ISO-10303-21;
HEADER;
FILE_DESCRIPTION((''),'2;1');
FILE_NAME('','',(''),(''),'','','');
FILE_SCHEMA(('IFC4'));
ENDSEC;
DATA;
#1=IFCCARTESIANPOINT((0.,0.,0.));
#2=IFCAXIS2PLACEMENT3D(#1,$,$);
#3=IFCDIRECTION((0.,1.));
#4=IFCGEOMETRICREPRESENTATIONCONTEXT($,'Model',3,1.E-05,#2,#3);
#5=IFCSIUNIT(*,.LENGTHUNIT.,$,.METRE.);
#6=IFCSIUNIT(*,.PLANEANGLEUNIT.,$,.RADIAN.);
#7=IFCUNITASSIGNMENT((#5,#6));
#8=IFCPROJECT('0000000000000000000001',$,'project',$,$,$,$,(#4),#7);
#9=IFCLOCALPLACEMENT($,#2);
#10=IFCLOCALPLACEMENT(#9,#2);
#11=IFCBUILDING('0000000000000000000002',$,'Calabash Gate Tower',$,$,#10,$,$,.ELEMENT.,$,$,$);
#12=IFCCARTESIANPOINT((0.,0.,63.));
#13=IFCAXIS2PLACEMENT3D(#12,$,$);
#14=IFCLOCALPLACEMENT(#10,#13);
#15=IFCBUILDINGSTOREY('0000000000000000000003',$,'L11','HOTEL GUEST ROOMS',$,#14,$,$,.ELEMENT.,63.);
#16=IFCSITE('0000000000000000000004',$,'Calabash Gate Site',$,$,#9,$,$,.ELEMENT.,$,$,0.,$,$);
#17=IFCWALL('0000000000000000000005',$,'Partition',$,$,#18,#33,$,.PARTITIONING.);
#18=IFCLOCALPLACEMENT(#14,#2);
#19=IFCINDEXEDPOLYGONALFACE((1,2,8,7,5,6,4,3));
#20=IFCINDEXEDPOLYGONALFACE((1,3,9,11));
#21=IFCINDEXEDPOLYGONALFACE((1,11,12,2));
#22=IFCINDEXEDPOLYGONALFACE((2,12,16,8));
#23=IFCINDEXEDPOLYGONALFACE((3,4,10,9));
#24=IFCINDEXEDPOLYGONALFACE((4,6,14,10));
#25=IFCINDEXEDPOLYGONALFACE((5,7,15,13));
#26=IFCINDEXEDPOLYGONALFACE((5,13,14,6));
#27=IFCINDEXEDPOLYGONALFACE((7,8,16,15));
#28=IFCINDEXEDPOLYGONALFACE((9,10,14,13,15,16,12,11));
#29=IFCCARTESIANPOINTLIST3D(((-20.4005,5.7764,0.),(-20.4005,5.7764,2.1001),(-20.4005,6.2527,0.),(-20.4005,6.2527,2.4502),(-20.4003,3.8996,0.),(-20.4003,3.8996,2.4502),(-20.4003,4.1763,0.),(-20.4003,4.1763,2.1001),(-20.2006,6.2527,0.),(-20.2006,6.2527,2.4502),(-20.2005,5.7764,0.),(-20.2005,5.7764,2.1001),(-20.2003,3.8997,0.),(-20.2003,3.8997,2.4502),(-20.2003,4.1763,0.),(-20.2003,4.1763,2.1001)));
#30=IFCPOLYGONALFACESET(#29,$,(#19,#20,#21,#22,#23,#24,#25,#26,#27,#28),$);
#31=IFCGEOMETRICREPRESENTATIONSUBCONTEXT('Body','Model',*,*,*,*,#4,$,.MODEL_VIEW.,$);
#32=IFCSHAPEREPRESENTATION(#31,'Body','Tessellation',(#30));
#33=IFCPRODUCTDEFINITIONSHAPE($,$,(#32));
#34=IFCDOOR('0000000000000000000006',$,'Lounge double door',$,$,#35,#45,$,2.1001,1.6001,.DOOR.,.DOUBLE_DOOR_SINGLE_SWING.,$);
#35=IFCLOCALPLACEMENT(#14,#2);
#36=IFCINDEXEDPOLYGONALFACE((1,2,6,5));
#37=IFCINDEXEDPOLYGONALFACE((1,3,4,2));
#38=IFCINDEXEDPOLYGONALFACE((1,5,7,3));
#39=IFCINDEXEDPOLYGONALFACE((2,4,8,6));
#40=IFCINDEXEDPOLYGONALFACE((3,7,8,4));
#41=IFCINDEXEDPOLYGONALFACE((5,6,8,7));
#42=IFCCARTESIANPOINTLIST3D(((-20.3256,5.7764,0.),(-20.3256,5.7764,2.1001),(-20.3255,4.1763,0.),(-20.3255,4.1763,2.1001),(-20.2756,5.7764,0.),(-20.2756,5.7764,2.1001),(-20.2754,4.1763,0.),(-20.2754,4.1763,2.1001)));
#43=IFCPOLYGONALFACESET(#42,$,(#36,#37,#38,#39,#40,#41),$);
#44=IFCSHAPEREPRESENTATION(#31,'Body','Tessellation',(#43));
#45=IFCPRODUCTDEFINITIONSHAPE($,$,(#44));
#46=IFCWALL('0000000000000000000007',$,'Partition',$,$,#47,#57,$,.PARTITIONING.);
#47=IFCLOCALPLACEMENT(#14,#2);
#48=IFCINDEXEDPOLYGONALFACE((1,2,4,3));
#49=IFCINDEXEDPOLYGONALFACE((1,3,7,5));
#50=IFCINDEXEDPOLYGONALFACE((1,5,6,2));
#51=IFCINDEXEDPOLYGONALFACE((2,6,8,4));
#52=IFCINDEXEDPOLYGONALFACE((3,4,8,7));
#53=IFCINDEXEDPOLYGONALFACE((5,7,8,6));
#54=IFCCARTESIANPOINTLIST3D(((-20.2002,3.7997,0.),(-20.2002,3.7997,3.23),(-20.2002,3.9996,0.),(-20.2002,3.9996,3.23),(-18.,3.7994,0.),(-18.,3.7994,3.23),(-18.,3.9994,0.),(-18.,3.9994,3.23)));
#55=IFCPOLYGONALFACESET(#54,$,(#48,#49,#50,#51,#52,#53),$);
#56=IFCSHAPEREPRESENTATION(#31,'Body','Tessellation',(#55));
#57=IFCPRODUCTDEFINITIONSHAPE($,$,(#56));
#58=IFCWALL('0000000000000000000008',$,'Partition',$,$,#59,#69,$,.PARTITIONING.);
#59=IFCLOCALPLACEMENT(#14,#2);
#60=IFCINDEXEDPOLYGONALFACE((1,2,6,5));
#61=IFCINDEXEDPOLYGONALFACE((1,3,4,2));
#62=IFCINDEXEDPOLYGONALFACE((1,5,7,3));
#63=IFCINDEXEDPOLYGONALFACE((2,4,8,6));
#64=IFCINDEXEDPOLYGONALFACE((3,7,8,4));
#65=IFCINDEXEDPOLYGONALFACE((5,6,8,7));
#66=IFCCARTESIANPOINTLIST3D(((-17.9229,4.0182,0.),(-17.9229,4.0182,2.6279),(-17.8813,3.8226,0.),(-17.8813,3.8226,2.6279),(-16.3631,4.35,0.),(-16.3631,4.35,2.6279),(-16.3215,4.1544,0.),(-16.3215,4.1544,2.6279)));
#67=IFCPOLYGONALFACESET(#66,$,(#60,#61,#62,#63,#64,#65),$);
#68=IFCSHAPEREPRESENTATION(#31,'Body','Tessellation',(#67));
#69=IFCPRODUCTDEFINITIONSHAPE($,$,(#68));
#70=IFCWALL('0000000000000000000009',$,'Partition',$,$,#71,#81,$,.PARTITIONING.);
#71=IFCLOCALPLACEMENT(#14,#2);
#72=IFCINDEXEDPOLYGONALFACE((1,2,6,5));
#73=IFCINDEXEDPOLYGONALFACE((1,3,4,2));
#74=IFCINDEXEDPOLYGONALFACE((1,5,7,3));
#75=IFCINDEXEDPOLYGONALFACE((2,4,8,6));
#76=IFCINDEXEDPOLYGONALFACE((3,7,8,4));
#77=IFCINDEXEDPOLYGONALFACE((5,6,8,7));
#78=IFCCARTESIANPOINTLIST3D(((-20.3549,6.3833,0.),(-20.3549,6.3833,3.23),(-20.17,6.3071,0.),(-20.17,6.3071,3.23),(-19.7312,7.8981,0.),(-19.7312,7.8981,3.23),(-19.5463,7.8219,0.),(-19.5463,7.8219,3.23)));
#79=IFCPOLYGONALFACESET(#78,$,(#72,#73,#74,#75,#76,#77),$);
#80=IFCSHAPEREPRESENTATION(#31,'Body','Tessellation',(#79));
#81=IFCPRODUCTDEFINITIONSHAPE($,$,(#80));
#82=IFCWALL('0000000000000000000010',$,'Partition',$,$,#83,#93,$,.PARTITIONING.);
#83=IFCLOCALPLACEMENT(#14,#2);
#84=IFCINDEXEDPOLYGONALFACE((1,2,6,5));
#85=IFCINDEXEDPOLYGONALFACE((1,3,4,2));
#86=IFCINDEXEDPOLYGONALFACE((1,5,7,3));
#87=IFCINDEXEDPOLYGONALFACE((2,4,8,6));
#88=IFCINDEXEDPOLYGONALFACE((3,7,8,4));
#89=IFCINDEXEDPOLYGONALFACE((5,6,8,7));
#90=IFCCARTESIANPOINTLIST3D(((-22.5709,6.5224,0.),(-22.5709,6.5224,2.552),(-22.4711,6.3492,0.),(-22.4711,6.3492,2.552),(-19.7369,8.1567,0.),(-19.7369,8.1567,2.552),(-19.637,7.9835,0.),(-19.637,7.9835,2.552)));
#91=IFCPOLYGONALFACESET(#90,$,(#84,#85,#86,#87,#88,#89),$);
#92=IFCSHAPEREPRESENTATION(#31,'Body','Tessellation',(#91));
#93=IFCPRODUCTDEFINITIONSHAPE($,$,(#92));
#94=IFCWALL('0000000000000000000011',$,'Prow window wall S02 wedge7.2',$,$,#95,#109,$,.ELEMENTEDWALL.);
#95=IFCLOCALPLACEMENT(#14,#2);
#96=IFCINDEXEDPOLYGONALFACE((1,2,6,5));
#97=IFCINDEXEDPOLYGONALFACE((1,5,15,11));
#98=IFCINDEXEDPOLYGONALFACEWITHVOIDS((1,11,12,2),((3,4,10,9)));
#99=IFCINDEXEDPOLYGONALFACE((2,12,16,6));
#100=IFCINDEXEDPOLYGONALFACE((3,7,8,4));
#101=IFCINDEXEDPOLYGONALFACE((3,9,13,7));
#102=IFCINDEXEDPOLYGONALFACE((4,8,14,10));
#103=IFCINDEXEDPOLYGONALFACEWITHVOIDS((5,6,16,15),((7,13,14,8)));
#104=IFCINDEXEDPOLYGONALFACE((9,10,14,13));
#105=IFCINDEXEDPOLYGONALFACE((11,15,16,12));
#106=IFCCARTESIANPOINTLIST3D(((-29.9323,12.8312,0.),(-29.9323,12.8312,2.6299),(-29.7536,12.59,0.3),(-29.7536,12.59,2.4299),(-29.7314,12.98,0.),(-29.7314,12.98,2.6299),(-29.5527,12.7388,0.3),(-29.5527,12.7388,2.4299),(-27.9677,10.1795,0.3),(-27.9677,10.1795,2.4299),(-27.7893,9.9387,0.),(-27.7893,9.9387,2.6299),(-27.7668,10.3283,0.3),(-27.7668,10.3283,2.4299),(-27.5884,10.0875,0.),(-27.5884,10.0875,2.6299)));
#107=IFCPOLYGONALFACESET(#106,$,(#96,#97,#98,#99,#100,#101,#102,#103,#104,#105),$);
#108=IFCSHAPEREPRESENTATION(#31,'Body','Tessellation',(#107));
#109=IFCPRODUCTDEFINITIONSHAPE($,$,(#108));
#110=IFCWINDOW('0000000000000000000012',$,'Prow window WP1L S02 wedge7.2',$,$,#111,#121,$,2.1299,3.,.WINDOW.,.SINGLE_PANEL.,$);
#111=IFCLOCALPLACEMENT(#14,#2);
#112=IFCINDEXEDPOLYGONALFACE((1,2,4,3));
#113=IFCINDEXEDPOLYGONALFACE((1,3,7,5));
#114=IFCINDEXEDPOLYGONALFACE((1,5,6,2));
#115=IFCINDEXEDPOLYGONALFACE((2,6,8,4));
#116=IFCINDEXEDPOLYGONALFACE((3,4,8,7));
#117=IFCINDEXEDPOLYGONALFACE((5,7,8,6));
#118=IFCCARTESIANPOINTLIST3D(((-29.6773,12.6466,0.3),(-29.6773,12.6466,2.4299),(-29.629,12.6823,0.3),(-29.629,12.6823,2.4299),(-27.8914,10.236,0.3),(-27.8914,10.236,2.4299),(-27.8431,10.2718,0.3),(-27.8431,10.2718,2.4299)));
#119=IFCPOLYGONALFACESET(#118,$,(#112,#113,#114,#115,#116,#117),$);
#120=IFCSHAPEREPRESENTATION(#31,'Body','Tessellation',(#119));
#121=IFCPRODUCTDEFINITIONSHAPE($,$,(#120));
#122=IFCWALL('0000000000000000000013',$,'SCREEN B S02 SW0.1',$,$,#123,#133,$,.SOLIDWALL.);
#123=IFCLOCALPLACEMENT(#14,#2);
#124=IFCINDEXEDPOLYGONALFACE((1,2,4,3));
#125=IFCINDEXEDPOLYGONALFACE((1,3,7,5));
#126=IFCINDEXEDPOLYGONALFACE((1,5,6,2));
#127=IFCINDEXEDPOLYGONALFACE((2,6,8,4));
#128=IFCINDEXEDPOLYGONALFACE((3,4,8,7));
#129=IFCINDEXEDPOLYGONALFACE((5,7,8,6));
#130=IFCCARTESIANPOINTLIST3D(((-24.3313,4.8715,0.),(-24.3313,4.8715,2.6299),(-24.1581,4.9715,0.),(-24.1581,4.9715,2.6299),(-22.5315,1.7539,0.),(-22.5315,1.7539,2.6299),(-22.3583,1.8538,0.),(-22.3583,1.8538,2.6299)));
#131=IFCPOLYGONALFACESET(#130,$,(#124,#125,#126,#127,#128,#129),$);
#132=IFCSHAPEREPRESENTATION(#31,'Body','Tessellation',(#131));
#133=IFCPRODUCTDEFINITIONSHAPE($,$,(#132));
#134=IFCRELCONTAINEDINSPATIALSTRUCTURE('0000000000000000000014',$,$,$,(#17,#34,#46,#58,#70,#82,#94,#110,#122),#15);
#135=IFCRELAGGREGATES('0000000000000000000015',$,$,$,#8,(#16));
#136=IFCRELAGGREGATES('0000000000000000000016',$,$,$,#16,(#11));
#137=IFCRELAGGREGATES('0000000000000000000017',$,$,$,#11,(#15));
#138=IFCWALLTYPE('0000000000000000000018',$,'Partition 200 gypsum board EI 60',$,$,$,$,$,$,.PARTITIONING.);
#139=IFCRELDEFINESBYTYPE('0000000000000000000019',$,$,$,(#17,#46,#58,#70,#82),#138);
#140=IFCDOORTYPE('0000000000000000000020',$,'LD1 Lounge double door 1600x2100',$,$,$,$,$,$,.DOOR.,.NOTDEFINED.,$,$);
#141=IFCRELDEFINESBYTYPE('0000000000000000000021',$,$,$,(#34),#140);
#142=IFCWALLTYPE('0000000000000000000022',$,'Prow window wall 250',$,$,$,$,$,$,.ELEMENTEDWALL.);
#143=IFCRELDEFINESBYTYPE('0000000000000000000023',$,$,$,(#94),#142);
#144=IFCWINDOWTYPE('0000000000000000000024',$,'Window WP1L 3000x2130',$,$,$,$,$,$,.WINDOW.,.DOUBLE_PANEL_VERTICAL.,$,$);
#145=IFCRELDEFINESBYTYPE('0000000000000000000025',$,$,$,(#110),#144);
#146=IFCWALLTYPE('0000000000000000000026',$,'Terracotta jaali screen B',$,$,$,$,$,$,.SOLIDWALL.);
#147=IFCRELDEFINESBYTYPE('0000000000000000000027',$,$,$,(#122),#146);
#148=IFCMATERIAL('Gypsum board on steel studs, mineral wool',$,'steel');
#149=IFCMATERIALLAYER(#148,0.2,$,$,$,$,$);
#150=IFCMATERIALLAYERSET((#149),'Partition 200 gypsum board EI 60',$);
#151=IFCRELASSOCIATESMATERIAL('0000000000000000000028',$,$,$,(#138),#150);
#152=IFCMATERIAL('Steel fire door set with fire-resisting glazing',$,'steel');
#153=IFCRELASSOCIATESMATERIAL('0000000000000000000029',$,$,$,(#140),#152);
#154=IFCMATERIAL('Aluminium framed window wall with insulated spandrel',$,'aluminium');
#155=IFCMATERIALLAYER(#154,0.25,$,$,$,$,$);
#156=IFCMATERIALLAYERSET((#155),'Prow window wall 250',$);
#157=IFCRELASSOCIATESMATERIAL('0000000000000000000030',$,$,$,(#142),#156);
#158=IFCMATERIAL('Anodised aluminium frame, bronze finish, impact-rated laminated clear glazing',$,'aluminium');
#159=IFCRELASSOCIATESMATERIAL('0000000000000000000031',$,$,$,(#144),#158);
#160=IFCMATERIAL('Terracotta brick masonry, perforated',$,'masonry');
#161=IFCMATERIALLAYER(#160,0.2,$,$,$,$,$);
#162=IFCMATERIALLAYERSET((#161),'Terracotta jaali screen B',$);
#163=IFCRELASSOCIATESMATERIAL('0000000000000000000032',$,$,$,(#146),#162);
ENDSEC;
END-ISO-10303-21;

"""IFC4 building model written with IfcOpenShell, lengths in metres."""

from ifc_helpers import new_model, si_unit, direction, frame, frame_2d, origin, place, context, subcontext, project, spatial, rectangle, extrude, material, layer, layer_set, type_object, element, fill, save


model = new_model("IFC4")

# Units and contexts
model_context = context("Model", 3, precision=1e-05, world=origin(), true_north=direction((0.0, 1.0)))
body_context = subcontext(model_context, "Body", "Model", "MODEL_VIEW")
ifc_project = project(units=[si_unit("LENGTHUNIT", "METRE"), si_unit("PLANEANGLEUNIT", "RADIAN")], contexts=[model_context])

# Site, building, storey
site_placement = place(None, origin())
site = spatial("IfcSite", under=ifc_project, at=site_placement, Name="Calabash Gate Site", CompositionType="ELEMENT", RefElevation=0.0)
building_placement = place(site_placement, origin())
building = spatial("IfcBuilding", under=site, at=building_placement, Name="Calabash Gate Tower", CompositionType="ELEMENT")
storey_placement = place(building_placement, frame((0.0, 0.0, 63.0)))
storey = spatial("IfcBuildingStorey", under=building, at=storey_placement, Name="L11", Description="HOTEL GUEST ROOMS", CompositionType="ELEMENT", Elevation=63.0)

# Wall, opening, door
ifc_material_1 = material(Name="Gypsum board on steel studs, mineral wool", Category="steel")
ifc_layer_1 = layer(ifc_material_1, 0.2)
ifc_layer_set_1 = layer_set([ifc_layer_1], Name="Partition 200 gypsum board EI 60")
wall_type_1 = type_object("IfcWallType", Name="Partition 200 gypsum board EI 60", PredefinedType="PARTITIONING", material=ifc_layer_set_1)
wall_1_placement = place(storey_placement, frame((-20.3005, 6.2527, 0.0), z_axis=(0.0, 0.0, 1.0), x_axis=(0.000104, -1.0, 0.0)))
wall_1 = element("IfcWall", 1, at=wall_1_placement, inside=storey, type_object=wall_type_1, Name="Partition", PredefinedType="PARTITIONING", context=body_context, shape_type="SweptSolid", body=[
    extrude(rectangle(XDim=2.353, YDim=0.2, at=frame_2d((1.1765, 0.0))), origin(), (0.0, 0.0, 1.0), 2.4502),
])
opening_1_placement = place(wall_1_placement, frame((0.4763, 0.0, 0.0)))
opening_1 = element("IfcOpeningElement", 2, at=opening_1_placement, cuts=wall_1, PredefinedType="OPENING", context=body_context, shape_type="SweptSolid", body=[
    extrude(rectangle(XDim=1.6001, YDim=2.1001, at=frame_2d((0.8, 1.05))), frame((0.0, 0.1099, 0.0), z_axis=(0.0, -1.0, 0.0), x_axis=(1.0, 0.0, 0.0)), (0.0, 0.0, 1.0), 0.22),
])
ifc_material_2 = material(Name="Steel fire door set with fire-resisting glazing", Category="steel")
door_type_1 = type_object("IfcDoorType", Name="LD1 Lounge double door 1600x2100", OperationType="NOTDEFINED", PredefinedType="DOOR", material=ifc_material_2)
door_1_placement = place(opening_1_placement, origin())
door_1 = element("IfcDoor", 3, at=door_1_placement, inside=storey, type_object=door_type_1, Name="Lounge double door", OperationType="DOUBLE_DOOR_SINGLE_SWING", OverallHeight=2.1001, OverallWidth=1.6001, PredefinedType="DOOR", context=body_context, shape_type="SweptSolid", body=[
    extrude(rectangle(XDim=1.6001, YDim=2.1001, at=frame_2d((0.8, 1.05))), frame((0.0, 0.0249, 0.0), z_axis=(0.0, -1.0, 0.0), x_axis=(1.0, 0.0, 0.0)), (0.0, 0.0, 1.0), 0.05),
])
fill(opening_1, door_1)

# Walls
wall_2_placement = place(storey_placement, frame((-20.2002, 3.8997, 0.0), z_axis=(0.0, 0.0, 1.0), x_axis=(1.0, -0.000111, 0.0)))
element("IfcWall", 4, at=wall_2_placement, inside=storey, type_object=wall_type_1, Name="Partition", PredefinedType="PARTITIONING", context=body_context, shape_type="SweptSolid", body=[
    extrude(rectangle(XDim=2.2002, YDim=0.2, at=frame_2d((1.1001, 0.0))), origin(), (0.0, 0.0, 1.0), 3.23),
])
wall_3_placement = place(storey_placement, frame((-17.9021, 3.9204, 0.0), z_axis=(0.0, 0.0, 1.0), x_axis=(0.978117, 0.208055, 0.0)))
element("IfcWall", 5, at=wall_3_placement, inside=storey, type_object=wall_type_1, Name="Partition", PredefinedType="PARTITIONING", context=body_context, shape_type="SweptSolid", body=[
    extrude(rectangle(XDim=1.5947, YDim=0.2, at=frame_2d((0.7974, 0.0))), origin(), (0.0, 0.0, 1.0), 2.6279),
])
wall_4_placement = place(storey_placement, frame((-20.2625, 6.3452, 0.0), z_axis=(0.0, 0.0, 1.0), x_axis=(0.38075, 0.924678, 0.0)))
element("IfcWall", 6, at=wall_4_placement, inside=storey, type_object=wall_type_1, Name="Partition", PredefinedType="PARTITIONING", context=body_context, shape_type="SweptSolid", body=[
    extrude(rectangle(XDim=1.6382, YDim=0.2, at=frame_2d((0.8191, 0.0))), origin(), (0.0, 0.0, 1.0), 3.23),
])
wall_5_placement = place(storey_placement, frame((-22.521, 6.4358, 0.0), z_axis=(0.0, 0.0, 1.0), x_axis=(0.86628, 0.499559, 0.0)))
element("IfcWall", 7, at=wall_5_placement, inside=storey, type_object=wall_type_1, Name="Partition", PredefinedType="PARTITIONING", context=body_context, shape_type="SweptSolid", body=[
    extrude(rectangle(XDim=3.2715, YDim=0.2, at=frame_2d((1.6357, 0.0))), origin(), (0.0, 0.0, 1.0), 2.552),
])

# Wall, opening, window
ifc_material_3 = material(Name="Aluminium framed window wall with insulated spandrel", Category="aluminium")
ifc_layer_2 = layer(ifc_material_3, 0.25)
ifc_layer_set_2 = layer_set([ifc_layer_2], Name="Prow window wall 250")
wall_type_2 = type_object("IfcWallType", Name="Prow window wall 250", PredefinedType="ELEMENTEDWALL", material=ifc_layer_set_2)
wall_6_placement = place(storey_placement, frame((-29.8318, 12.9055, 0.0), z_axis=(0.0, 0.0, 1.0), x_axis=(0.595302, -0.803502, 0.0)))
wall_6 = element("IfcWall", 8, at=wall_6_placement, inside=storey, type_object=wall_type_2, Name="Prow window wall S02 wedge7.2", PredefinedType="ELEMENTEDWALL", context=body_context, shape_type="SweptSolid", body=[
    extrude(rectangle(XDim=3.5999, YDim=0.25, at=frame_2d((1.7998, 0.0))), origin(), (0.0, 0.0, 1.0), 2.6299),
])
opening_2_placement = place(wall_6_placement, frame((0.3, 0.0, 0.3)))
opening_2 = element("IfcOpeningElement", 9, at=opening_2_placement, cuts=wall_6, PredefinedType="OPENING", context=body_context, shape_type="SweptSolid", body=[
    extrude(rectangle(XDim=3.0, YDim=2.1299, at=frame_2d((1.5, 1.0649))), frame((0.0, 0.135, 0.0), z_axis=(0.0, -1.0, 0.0), x_axis=(1.0, 0.0, 0.0)), (0.0, 0.0, 1.0), 0.27),
])
ifc_material_4 = material(Name="Anodised aluminium frame, bronze finish, impact-rated laminated clear glazing", Category="aluminium")
window_type_1 = type_object("IfcWindowType", Name="Window WP1L 3000x2130", PartitioningType="DOUBLE_PANEL_VERTICAL", PredefinedType="WINDOW", material=ifc_material_4)
window_1_placement = place(opening_2_placement, origin())
window_1 = element("IfcWindow", 10, at=window_1_placement, inside=storey, type_object=window_type_1, Name="Prow window WP1L S02 wedge7.2", OverallHeight=2.1299, OverallWidth=3.0, PartitioningType="SINGLE_PANEL", PredefinedType="WINDOW", context=body_context, shape_type="SweptSolid", body=[
    extrude(rectangle(XDim=3.0, YDim=2.1299, at=frame_2d((1.5, 1.0649))), frame((0.0, 0.03, 0.0), z_axis=(0.0, -1.0, 0.0), x_axis=(1.0, 0.0, 0.0)), (0.0, 0.0, 1.0), 0.0601),
])
fill(opening_2, window_1)

# Wall
ifc_material_5 = material(Name="Terracotta brick masonry, perforated", Category="masonry")
ifc_layer_3 = layer(ifc_material_5, 0.2)
ifc_layer_set_3 = layer_set([ifc_layer_3], Name="Terracotta jaali screen B")
wall_type_3 = type_object("IfcWallType", Name="Terracotta jaali screen B", PredefinedType="SOLIDWALL", material=ifc_layer_set_3)
wall_7_placement = place(storey_placement, frame((-24.2446, 4.9214, 0.0), z_axis=(0.0, 0.0, 1.0), x_axis=(0.499961, -0.866048, 0.0)))
element("IfcWall", 11, at=wall_7_placement, inside=storey, type_object=wall_type_3, Name="SCREEN B S02 SW0.1", PredefinedType="SOLIDWALL", context=body_context, shape_type="SweptSolid", body=[
    extrude(rectangle(XDim=3.5999, YDim=0.2, at=frame_2d((1.7998, 0.0))), origin(), (0.0, 0.0, 1.0), 2.6299),
])

save(model, "model.ifc")
